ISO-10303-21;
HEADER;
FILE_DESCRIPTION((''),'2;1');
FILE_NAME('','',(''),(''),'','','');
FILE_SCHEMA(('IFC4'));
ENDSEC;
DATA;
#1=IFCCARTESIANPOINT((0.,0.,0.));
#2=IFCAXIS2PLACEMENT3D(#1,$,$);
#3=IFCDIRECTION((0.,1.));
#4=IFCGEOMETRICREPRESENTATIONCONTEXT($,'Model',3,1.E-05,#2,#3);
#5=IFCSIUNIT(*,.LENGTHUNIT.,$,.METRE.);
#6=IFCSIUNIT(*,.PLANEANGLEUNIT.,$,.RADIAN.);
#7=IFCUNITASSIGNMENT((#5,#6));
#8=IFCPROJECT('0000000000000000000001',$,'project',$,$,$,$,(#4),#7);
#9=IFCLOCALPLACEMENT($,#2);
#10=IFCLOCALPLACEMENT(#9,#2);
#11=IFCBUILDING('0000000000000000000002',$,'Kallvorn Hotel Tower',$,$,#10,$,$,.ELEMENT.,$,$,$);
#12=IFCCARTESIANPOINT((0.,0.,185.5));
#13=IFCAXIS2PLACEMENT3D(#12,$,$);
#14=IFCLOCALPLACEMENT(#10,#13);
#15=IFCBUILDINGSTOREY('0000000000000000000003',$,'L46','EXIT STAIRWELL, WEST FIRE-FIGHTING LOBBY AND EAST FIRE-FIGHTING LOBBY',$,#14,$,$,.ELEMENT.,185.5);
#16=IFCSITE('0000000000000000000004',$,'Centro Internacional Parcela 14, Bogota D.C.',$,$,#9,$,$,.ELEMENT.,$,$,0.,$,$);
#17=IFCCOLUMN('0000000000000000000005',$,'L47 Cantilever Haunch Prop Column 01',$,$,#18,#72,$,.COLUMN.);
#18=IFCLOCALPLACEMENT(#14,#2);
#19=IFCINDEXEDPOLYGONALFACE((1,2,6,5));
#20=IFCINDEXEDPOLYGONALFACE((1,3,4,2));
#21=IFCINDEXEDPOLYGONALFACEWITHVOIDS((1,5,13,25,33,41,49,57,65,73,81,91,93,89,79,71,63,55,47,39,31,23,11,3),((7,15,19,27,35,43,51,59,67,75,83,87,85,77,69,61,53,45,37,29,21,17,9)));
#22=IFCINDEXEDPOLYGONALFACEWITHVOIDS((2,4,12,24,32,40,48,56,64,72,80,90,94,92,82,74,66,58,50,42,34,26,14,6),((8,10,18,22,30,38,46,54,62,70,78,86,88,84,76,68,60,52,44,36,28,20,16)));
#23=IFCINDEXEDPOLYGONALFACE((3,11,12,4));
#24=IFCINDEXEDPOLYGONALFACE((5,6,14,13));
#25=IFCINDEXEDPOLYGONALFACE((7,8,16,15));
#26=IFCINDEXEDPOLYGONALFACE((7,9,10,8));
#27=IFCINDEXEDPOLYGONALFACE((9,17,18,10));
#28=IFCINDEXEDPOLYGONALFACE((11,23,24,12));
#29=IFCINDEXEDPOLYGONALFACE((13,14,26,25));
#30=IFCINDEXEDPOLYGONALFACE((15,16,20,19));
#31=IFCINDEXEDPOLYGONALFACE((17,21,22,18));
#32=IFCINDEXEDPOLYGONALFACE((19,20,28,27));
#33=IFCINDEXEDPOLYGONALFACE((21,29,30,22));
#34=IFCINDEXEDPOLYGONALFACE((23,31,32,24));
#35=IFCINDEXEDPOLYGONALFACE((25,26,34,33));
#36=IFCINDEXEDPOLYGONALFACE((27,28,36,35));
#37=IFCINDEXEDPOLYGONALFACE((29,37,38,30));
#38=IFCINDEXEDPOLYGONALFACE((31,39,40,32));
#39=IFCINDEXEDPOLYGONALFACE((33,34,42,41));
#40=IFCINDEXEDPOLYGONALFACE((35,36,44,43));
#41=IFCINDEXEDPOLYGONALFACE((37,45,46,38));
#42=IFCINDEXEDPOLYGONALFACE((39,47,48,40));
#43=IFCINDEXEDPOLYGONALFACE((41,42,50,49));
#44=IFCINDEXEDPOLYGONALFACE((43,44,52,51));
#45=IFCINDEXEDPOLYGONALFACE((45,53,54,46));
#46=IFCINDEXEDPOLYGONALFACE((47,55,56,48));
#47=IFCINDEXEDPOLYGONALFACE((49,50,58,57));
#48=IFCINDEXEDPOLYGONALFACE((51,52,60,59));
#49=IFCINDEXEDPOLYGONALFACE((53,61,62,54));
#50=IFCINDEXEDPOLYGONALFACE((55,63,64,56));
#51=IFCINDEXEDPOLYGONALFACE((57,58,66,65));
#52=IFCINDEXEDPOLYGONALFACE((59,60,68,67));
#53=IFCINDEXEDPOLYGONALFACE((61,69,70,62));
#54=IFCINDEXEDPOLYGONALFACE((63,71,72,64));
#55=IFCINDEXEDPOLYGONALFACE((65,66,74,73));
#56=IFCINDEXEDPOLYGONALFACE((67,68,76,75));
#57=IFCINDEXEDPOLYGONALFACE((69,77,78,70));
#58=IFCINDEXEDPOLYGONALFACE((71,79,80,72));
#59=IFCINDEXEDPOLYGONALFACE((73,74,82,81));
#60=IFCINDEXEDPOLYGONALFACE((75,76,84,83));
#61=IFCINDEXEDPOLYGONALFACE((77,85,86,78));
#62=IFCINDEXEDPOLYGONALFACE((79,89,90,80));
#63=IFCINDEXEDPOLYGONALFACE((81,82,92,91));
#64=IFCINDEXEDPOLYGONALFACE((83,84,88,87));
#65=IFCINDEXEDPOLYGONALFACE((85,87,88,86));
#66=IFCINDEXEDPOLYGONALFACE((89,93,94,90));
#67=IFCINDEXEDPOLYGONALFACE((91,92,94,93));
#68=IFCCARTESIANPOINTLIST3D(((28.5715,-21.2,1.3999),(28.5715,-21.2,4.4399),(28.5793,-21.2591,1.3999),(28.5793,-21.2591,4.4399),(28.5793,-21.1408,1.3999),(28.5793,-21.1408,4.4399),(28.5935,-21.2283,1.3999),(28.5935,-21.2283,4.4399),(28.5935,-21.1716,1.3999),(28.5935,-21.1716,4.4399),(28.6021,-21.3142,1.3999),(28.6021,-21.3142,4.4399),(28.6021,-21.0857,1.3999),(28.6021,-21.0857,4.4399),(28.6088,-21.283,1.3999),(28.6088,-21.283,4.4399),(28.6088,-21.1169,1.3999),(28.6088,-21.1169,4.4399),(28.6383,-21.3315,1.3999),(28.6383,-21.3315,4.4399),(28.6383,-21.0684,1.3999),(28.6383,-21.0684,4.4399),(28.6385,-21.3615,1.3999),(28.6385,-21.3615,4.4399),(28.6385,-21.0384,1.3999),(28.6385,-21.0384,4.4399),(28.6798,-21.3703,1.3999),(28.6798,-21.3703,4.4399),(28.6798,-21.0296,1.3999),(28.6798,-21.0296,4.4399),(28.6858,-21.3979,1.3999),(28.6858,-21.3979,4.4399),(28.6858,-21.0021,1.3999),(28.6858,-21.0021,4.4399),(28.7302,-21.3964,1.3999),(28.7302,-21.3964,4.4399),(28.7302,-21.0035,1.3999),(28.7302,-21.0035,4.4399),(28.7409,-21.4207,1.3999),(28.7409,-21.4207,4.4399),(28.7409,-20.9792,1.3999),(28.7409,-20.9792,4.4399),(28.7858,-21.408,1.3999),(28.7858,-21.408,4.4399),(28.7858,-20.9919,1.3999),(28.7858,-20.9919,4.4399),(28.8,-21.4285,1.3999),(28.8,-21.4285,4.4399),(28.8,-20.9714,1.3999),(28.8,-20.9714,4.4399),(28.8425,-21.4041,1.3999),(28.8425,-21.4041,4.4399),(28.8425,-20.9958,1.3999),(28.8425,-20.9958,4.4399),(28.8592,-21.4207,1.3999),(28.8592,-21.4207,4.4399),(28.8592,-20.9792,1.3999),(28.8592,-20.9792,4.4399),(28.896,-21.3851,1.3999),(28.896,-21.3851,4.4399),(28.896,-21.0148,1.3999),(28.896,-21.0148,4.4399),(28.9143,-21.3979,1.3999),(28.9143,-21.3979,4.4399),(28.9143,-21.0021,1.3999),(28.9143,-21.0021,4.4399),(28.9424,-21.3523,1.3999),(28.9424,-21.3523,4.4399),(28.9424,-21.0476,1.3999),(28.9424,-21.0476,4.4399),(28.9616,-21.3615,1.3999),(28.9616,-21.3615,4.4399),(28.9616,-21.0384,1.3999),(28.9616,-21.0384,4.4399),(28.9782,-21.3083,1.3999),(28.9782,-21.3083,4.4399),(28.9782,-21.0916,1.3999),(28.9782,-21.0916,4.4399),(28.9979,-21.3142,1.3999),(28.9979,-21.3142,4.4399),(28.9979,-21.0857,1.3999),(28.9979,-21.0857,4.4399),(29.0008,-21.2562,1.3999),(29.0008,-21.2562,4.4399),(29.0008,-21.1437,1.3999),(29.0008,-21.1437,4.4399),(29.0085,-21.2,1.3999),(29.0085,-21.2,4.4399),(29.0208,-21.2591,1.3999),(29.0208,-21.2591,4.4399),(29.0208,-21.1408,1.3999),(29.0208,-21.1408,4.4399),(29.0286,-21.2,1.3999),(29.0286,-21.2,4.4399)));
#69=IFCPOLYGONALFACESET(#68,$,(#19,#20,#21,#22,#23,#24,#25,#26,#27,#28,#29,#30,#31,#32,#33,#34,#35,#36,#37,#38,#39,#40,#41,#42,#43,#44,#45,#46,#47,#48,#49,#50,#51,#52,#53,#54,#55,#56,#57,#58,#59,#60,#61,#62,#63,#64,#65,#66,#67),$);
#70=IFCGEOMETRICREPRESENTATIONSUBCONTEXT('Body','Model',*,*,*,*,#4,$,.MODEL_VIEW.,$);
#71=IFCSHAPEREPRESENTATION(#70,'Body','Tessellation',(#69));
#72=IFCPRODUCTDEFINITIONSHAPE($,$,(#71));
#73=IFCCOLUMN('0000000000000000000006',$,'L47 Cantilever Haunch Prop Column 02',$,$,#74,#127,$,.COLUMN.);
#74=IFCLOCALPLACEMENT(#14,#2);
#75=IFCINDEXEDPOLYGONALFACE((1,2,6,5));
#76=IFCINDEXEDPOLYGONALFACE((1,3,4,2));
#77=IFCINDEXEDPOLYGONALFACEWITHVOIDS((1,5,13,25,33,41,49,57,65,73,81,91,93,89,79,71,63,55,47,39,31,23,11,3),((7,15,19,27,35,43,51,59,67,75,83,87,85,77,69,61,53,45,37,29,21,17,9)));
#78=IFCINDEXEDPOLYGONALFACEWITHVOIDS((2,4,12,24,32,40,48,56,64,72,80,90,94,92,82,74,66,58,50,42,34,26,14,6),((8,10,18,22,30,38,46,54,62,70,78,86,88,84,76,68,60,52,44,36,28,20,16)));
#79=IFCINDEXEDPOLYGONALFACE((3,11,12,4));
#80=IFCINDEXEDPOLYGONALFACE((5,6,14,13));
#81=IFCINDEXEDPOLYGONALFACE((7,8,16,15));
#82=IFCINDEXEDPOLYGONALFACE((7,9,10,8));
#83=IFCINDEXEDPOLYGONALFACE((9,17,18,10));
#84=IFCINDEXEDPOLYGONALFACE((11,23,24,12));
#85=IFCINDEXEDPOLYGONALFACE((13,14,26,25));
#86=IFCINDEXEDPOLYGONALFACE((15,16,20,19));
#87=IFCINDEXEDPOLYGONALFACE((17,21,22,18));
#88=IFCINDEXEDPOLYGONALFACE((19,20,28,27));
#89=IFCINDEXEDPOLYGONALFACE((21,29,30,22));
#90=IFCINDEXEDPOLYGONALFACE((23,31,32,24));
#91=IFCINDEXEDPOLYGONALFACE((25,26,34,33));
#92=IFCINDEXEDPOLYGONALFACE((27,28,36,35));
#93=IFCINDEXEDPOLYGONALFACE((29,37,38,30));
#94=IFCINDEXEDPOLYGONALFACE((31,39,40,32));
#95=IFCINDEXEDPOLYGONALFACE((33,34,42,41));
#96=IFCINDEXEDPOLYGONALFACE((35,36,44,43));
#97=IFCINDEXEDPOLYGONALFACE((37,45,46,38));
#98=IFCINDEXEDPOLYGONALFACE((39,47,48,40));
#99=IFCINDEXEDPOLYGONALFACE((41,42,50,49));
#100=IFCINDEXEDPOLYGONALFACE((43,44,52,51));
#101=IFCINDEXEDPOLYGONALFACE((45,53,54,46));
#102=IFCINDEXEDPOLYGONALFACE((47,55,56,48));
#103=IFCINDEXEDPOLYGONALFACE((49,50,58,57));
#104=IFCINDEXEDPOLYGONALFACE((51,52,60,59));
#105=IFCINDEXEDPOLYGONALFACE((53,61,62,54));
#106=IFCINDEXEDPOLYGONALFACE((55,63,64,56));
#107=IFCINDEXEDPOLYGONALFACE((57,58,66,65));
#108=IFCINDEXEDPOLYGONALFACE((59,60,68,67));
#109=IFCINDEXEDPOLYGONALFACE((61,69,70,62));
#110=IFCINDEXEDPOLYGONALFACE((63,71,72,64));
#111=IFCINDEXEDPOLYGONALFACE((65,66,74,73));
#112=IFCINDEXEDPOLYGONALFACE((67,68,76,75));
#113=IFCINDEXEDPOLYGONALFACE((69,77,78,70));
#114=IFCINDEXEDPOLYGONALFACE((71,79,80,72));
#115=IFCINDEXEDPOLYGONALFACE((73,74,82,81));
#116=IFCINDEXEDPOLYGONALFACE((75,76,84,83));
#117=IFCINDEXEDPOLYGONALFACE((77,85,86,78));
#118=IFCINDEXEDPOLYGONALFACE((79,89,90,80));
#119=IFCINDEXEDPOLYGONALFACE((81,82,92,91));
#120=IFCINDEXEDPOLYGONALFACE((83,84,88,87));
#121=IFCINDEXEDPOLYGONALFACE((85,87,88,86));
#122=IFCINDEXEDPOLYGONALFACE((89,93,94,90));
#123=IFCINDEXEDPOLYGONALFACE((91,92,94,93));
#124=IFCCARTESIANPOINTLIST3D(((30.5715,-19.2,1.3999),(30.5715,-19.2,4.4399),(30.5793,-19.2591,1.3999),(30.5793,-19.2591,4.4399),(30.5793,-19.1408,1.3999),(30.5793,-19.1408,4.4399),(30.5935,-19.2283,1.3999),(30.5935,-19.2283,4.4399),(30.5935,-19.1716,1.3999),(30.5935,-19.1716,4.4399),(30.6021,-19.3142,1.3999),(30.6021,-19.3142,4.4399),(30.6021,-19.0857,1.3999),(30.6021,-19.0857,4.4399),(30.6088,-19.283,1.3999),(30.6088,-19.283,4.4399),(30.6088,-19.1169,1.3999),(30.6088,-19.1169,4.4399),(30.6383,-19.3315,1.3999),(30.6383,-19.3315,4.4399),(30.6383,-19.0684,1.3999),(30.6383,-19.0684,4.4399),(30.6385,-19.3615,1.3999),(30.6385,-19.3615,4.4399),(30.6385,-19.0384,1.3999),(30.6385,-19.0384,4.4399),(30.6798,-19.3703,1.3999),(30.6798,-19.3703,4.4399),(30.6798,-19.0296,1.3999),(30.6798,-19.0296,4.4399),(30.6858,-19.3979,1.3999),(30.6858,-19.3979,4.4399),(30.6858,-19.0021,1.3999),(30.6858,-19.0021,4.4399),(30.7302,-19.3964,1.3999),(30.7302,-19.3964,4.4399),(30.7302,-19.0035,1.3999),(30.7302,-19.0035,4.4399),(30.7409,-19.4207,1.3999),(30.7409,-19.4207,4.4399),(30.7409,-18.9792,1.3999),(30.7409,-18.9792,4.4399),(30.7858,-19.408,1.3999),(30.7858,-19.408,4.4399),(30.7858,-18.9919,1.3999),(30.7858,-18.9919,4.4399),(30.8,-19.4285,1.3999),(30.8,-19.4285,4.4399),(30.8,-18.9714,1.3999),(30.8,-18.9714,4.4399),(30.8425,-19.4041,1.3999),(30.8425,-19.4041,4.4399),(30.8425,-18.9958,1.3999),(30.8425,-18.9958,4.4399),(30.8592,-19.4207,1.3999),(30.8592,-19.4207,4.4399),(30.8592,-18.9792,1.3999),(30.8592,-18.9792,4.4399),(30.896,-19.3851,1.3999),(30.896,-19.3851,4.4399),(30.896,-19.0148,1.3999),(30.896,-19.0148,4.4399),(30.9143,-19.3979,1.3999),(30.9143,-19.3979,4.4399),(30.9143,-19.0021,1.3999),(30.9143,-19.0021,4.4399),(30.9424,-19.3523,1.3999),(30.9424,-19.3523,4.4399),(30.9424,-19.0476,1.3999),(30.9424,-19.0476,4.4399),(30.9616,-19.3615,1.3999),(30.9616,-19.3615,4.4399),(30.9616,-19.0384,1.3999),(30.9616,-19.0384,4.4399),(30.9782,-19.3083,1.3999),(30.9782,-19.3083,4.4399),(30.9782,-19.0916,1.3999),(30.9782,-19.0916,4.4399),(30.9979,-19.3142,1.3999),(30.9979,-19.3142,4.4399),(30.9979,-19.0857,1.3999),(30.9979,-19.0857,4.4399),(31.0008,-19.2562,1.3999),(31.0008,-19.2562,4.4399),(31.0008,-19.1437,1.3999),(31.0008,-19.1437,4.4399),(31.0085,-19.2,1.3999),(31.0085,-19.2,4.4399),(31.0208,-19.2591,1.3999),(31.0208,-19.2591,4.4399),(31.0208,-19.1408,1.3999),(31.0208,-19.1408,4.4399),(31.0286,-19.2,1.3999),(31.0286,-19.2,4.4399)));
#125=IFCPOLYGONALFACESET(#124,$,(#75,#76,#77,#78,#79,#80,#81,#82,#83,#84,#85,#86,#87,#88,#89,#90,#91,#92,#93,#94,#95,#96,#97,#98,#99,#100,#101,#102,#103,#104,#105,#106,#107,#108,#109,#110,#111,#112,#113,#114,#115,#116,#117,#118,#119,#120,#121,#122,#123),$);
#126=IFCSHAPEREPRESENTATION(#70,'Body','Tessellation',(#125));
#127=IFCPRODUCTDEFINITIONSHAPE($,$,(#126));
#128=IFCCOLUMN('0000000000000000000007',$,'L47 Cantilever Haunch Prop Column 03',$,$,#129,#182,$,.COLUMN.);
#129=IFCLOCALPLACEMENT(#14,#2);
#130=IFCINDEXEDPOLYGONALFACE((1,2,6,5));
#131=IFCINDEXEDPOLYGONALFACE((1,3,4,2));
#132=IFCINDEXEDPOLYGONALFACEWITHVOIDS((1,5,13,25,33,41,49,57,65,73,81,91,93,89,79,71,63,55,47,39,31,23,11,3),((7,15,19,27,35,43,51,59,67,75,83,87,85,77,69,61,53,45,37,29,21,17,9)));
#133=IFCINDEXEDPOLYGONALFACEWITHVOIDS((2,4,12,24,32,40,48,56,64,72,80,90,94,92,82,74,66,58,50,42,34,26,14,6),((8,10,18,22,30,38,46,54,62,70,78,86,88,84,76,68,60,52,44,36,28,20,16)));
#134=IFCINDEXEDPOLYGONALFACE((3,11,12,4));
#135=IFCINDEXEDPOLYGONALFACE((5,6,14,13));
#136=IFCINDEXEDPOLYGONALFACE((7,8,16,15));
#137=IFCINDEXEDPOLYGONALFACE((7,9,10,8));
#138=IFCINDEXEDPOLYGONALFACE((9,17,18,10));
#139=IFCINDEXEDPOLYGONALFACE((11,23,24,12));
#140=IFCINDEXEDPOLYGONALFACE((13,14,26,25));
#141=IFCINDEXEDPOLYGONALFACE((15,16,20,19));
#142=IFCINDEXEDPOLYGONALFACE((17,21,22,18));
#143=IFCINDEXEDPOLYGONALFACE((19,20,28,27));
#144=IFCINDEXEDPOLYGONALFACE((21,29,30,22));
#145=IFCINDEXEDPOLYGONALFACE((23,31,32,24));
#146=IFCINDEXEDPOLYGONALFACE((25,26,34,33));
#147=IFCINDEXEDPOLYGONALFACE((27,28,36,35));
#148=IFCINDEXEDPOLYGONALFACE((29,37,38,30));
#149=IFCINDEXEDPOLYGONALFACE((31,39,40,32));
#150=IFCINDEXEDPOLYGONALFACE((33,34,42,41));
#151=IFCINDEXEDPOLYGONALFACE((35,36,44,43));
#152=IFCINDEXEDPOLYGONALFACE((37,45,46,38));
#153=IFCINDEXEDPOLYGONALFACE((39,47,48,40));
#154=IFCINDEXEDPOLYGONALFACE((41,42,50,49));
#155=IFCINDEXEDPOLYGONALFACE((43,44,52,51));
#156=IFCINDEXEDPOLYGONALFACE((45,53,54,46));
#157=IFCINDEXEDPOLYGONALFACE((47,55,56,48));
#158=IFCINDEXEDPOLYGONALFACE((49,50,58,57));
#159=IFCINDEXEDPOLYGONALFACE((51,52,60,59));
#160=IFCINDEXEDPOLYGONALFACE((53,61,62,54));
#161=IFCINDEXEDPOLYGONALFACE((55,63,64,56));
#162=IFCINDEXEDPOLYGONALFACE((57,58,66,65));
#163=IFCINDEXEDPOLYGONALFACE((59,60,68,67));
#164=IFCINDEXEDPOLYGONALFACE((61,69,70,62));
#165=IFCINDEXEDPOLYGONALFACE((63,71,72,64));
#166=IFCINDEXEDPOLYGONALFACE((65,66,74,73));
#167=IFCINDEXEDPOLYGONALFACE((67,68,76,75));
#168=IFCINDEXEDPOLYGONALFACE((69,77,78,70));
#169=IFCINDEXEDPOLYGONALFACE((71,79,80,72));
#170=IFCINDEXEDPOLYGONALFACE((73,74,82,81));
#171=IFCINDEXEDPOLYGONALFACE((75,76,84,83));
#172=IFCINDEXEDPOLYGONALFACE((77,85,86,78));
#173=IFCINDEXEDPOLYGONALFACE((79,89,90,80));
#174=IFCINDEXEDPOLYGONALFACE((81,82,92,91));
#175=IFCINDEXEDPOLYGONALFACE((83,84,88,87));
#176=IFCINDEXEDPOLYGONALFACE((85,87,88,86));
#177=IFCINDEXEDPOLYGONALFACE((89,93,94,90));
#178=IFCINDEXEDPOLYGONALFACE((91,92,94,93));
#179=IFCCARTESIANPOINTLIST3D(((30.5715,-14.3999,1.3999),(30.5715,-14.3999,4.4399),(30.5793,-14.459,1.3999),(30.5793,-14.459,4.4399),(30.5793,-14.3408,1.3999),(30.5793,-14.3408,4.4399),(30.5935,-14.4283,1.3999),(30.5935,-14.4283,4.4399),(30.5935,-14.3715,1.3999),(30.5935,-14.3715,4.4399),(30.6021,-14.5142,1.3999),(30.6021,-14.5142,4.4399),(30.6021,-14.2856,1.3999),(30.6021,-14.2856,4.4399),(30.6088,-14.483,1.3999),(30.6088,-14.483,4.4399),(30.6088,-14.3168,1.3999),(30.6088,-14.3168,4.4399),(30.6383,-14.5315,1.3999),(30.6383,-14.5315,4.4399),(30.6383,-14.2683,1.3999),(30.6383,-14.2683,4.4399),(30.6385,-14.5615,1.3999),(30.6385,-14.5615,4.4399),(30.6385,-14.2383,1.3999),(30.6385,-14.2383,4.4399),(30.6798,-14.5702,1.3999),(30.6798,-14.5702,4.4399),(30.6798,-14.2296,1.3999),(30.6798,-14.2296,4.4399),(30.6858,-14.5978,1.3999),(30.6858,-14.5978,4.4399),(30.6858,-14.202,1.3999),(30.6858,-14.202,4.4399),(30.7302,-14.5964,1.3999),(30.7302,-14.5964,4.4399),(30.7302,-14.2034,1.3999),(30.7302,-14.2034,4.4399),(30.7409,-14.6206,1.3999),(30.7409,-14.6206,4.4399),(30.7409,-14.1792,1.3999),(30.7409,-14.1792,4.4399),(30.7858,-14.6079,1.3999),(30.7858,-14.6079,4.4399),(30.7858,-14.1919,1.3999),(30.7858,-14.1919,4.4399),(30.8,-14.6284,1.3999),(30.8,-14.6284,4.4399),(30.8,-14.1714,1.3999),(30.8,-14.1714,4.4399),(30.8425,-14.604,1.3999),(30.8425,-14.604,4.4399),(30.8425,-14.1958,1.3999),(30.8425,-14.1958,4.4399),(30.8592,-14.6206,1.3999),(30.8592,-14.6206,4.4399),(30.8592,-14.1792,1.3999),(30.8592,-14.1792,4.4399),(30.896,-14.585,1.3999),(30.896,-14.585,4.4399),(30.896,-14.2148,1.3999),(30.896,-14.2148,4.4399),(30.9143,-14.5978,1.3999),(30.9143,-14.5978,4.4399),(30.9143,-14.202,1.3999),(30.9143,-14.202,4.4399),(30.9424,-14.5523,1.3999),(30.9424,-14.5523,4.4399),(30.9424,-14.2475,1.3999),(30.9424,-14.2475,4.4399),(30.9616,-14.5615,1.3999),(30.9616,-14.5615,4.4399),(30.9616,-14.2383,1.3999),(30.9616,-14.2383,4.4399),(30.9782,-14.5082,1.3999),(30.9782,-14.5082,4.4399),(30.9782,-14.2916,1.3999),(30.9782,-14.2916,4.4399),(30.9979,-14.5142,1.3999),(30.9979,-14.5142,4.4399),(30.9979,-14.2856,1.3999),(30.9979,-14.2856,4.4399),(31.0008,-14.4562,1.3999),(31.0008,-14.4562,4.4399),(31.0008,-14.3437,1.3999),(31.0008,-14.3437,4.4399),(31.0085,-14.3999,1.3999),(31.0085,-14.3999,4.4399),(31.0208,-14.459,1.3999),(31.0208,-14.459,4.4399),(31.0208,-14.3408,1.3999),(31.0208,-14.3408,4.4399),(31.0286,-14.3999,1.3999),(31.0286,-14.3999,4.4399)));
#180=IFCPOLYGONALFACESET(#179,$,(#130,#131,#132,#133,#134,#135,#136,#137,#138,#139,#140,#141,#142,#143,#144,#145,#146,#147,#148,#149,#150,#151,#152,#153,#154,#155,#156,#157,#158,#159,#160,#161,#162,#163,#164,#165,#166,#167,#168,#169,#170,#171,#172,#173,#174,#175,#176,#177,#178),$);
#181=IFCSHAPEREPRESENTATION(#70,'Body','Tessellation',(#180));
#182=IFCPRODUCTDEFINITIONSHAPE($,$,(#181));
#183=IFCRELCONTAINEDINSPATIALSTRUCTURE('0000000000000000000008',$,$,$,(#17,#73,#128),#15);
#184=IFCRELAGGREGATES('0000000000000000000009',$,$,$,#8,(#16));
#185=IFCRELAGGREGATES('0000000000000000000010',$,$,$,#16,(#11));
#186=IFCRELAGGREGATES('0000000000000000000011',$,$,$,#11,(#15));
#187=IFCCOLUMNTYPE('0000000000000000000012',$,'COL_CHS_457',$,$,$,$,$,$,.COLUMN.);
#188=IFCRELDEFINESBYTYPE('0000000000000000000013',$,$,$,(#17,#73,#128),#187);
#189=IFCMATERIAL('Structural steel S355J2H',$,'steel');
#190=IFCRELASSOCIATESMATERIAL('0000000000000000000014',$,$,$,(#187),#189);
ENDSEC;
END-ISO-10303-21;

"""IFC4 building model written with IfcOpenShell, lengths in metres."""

from ifc_helpers import new_model, si_unit, direction, frame, origin, origin_2d, place, context, subcontext, project, spatial, hollow_circle, extrude, material, material_profile, profile_set, type_object, element, save


model = new_model("IFC4")

# Units and contexts
model_context = context("Model", 3, precision=1e-05, world=origin(), true_north=direction((0.0, 1.0)))
body_context = subcontext(model_context, "Body", "Model", "MODEL_VIEW")
ifc_project = project(units=[si_unit("LENGTHUNIT", "METRE"), si_unit("PLANEANGLEUNIT", "RADIAN")], contexts=[model_context])

# Site, building, storey
site_placement = place(None, origin())
site = spatial("IfcSite", under=ifc_project, at=site_placement, Name="Centro Internacional Parcela 14, Bogota D.C.", CompositionType="ELEMENT", RefElevation=0.0)
building_placement = place(site_placement, origin())
building = spatial("IfcBuilding", under=site, at=building_placement, Name="Kallvorn Hotel Tower", CompositionType="ELEMENT")
storey_placement = place(building_placement, frame((0.0, 0.0, 185.5)))
storey = spatial("IfcBuildingStorey", under=building, at=storey_placement, Name="L46", Description="EXIT STAIRWELL, WEST FIRE-FIGHTING LOBBY AND EAST FIRE-FIGHTING LOBBY", CompositionType="ELEMENT", Elevation=185.5)

# Columns
ifc_material_1 = material(Name="Structural steel S355J2H", Category="steel")
ifc_material_profile_1 = material_profile(ifc_material_1, hollow_circle(Radius=0.2285, WallThickness=0.02, at=origin_2d()), Name="CHS 457x20")
ifc_profile_set_1 = profile_set([ifc_material_profile_1], Name="Structural steel S355J2H")
column_type_1 = type_object("IfcColumnType", Name="COL_CHS_457", PredefinedType="COLUMN", material=ifc_profile_set_1)
for number, where, z_axis, x_axis, name in (
    (1, (28.8, -21.2, 1.3999), (0.0, 0.0, 1.0), (1.0, 0.0, 0.0), "L47 Cantilever Haunch Prop Column 01"),
    (2, (30.8, -19.2, 1.3999), (0.0, 0.0, 1.0), (1.0, 0.0, 0.0), "L47 Cantilever Haunch Prop Column 02"),
    (3, (30.8, -14.3999, 1.3999), (0.0, 0.0, 1.0), (1.0, 0.0, 0.0), "L47 Cantilever Haunch Prop Column 03"),
):
    element("IfcColumn", number, at=place(storey_placement, frame(where, z_axis=z_axis, x_axis=x_axis)), inside=storey, type_object=column_type_1, Name=name, PredefinedType="COLUMN", context=body_context, shape_type="SweptSolid", body=[
        extrude(hollow_circle(Radius=0.2285, WallThickness=0.02, at=origin_2d()), origin(), (0.0, 0.0, 1.0), 3.04),
    ])

save(model, "model.ifc")
